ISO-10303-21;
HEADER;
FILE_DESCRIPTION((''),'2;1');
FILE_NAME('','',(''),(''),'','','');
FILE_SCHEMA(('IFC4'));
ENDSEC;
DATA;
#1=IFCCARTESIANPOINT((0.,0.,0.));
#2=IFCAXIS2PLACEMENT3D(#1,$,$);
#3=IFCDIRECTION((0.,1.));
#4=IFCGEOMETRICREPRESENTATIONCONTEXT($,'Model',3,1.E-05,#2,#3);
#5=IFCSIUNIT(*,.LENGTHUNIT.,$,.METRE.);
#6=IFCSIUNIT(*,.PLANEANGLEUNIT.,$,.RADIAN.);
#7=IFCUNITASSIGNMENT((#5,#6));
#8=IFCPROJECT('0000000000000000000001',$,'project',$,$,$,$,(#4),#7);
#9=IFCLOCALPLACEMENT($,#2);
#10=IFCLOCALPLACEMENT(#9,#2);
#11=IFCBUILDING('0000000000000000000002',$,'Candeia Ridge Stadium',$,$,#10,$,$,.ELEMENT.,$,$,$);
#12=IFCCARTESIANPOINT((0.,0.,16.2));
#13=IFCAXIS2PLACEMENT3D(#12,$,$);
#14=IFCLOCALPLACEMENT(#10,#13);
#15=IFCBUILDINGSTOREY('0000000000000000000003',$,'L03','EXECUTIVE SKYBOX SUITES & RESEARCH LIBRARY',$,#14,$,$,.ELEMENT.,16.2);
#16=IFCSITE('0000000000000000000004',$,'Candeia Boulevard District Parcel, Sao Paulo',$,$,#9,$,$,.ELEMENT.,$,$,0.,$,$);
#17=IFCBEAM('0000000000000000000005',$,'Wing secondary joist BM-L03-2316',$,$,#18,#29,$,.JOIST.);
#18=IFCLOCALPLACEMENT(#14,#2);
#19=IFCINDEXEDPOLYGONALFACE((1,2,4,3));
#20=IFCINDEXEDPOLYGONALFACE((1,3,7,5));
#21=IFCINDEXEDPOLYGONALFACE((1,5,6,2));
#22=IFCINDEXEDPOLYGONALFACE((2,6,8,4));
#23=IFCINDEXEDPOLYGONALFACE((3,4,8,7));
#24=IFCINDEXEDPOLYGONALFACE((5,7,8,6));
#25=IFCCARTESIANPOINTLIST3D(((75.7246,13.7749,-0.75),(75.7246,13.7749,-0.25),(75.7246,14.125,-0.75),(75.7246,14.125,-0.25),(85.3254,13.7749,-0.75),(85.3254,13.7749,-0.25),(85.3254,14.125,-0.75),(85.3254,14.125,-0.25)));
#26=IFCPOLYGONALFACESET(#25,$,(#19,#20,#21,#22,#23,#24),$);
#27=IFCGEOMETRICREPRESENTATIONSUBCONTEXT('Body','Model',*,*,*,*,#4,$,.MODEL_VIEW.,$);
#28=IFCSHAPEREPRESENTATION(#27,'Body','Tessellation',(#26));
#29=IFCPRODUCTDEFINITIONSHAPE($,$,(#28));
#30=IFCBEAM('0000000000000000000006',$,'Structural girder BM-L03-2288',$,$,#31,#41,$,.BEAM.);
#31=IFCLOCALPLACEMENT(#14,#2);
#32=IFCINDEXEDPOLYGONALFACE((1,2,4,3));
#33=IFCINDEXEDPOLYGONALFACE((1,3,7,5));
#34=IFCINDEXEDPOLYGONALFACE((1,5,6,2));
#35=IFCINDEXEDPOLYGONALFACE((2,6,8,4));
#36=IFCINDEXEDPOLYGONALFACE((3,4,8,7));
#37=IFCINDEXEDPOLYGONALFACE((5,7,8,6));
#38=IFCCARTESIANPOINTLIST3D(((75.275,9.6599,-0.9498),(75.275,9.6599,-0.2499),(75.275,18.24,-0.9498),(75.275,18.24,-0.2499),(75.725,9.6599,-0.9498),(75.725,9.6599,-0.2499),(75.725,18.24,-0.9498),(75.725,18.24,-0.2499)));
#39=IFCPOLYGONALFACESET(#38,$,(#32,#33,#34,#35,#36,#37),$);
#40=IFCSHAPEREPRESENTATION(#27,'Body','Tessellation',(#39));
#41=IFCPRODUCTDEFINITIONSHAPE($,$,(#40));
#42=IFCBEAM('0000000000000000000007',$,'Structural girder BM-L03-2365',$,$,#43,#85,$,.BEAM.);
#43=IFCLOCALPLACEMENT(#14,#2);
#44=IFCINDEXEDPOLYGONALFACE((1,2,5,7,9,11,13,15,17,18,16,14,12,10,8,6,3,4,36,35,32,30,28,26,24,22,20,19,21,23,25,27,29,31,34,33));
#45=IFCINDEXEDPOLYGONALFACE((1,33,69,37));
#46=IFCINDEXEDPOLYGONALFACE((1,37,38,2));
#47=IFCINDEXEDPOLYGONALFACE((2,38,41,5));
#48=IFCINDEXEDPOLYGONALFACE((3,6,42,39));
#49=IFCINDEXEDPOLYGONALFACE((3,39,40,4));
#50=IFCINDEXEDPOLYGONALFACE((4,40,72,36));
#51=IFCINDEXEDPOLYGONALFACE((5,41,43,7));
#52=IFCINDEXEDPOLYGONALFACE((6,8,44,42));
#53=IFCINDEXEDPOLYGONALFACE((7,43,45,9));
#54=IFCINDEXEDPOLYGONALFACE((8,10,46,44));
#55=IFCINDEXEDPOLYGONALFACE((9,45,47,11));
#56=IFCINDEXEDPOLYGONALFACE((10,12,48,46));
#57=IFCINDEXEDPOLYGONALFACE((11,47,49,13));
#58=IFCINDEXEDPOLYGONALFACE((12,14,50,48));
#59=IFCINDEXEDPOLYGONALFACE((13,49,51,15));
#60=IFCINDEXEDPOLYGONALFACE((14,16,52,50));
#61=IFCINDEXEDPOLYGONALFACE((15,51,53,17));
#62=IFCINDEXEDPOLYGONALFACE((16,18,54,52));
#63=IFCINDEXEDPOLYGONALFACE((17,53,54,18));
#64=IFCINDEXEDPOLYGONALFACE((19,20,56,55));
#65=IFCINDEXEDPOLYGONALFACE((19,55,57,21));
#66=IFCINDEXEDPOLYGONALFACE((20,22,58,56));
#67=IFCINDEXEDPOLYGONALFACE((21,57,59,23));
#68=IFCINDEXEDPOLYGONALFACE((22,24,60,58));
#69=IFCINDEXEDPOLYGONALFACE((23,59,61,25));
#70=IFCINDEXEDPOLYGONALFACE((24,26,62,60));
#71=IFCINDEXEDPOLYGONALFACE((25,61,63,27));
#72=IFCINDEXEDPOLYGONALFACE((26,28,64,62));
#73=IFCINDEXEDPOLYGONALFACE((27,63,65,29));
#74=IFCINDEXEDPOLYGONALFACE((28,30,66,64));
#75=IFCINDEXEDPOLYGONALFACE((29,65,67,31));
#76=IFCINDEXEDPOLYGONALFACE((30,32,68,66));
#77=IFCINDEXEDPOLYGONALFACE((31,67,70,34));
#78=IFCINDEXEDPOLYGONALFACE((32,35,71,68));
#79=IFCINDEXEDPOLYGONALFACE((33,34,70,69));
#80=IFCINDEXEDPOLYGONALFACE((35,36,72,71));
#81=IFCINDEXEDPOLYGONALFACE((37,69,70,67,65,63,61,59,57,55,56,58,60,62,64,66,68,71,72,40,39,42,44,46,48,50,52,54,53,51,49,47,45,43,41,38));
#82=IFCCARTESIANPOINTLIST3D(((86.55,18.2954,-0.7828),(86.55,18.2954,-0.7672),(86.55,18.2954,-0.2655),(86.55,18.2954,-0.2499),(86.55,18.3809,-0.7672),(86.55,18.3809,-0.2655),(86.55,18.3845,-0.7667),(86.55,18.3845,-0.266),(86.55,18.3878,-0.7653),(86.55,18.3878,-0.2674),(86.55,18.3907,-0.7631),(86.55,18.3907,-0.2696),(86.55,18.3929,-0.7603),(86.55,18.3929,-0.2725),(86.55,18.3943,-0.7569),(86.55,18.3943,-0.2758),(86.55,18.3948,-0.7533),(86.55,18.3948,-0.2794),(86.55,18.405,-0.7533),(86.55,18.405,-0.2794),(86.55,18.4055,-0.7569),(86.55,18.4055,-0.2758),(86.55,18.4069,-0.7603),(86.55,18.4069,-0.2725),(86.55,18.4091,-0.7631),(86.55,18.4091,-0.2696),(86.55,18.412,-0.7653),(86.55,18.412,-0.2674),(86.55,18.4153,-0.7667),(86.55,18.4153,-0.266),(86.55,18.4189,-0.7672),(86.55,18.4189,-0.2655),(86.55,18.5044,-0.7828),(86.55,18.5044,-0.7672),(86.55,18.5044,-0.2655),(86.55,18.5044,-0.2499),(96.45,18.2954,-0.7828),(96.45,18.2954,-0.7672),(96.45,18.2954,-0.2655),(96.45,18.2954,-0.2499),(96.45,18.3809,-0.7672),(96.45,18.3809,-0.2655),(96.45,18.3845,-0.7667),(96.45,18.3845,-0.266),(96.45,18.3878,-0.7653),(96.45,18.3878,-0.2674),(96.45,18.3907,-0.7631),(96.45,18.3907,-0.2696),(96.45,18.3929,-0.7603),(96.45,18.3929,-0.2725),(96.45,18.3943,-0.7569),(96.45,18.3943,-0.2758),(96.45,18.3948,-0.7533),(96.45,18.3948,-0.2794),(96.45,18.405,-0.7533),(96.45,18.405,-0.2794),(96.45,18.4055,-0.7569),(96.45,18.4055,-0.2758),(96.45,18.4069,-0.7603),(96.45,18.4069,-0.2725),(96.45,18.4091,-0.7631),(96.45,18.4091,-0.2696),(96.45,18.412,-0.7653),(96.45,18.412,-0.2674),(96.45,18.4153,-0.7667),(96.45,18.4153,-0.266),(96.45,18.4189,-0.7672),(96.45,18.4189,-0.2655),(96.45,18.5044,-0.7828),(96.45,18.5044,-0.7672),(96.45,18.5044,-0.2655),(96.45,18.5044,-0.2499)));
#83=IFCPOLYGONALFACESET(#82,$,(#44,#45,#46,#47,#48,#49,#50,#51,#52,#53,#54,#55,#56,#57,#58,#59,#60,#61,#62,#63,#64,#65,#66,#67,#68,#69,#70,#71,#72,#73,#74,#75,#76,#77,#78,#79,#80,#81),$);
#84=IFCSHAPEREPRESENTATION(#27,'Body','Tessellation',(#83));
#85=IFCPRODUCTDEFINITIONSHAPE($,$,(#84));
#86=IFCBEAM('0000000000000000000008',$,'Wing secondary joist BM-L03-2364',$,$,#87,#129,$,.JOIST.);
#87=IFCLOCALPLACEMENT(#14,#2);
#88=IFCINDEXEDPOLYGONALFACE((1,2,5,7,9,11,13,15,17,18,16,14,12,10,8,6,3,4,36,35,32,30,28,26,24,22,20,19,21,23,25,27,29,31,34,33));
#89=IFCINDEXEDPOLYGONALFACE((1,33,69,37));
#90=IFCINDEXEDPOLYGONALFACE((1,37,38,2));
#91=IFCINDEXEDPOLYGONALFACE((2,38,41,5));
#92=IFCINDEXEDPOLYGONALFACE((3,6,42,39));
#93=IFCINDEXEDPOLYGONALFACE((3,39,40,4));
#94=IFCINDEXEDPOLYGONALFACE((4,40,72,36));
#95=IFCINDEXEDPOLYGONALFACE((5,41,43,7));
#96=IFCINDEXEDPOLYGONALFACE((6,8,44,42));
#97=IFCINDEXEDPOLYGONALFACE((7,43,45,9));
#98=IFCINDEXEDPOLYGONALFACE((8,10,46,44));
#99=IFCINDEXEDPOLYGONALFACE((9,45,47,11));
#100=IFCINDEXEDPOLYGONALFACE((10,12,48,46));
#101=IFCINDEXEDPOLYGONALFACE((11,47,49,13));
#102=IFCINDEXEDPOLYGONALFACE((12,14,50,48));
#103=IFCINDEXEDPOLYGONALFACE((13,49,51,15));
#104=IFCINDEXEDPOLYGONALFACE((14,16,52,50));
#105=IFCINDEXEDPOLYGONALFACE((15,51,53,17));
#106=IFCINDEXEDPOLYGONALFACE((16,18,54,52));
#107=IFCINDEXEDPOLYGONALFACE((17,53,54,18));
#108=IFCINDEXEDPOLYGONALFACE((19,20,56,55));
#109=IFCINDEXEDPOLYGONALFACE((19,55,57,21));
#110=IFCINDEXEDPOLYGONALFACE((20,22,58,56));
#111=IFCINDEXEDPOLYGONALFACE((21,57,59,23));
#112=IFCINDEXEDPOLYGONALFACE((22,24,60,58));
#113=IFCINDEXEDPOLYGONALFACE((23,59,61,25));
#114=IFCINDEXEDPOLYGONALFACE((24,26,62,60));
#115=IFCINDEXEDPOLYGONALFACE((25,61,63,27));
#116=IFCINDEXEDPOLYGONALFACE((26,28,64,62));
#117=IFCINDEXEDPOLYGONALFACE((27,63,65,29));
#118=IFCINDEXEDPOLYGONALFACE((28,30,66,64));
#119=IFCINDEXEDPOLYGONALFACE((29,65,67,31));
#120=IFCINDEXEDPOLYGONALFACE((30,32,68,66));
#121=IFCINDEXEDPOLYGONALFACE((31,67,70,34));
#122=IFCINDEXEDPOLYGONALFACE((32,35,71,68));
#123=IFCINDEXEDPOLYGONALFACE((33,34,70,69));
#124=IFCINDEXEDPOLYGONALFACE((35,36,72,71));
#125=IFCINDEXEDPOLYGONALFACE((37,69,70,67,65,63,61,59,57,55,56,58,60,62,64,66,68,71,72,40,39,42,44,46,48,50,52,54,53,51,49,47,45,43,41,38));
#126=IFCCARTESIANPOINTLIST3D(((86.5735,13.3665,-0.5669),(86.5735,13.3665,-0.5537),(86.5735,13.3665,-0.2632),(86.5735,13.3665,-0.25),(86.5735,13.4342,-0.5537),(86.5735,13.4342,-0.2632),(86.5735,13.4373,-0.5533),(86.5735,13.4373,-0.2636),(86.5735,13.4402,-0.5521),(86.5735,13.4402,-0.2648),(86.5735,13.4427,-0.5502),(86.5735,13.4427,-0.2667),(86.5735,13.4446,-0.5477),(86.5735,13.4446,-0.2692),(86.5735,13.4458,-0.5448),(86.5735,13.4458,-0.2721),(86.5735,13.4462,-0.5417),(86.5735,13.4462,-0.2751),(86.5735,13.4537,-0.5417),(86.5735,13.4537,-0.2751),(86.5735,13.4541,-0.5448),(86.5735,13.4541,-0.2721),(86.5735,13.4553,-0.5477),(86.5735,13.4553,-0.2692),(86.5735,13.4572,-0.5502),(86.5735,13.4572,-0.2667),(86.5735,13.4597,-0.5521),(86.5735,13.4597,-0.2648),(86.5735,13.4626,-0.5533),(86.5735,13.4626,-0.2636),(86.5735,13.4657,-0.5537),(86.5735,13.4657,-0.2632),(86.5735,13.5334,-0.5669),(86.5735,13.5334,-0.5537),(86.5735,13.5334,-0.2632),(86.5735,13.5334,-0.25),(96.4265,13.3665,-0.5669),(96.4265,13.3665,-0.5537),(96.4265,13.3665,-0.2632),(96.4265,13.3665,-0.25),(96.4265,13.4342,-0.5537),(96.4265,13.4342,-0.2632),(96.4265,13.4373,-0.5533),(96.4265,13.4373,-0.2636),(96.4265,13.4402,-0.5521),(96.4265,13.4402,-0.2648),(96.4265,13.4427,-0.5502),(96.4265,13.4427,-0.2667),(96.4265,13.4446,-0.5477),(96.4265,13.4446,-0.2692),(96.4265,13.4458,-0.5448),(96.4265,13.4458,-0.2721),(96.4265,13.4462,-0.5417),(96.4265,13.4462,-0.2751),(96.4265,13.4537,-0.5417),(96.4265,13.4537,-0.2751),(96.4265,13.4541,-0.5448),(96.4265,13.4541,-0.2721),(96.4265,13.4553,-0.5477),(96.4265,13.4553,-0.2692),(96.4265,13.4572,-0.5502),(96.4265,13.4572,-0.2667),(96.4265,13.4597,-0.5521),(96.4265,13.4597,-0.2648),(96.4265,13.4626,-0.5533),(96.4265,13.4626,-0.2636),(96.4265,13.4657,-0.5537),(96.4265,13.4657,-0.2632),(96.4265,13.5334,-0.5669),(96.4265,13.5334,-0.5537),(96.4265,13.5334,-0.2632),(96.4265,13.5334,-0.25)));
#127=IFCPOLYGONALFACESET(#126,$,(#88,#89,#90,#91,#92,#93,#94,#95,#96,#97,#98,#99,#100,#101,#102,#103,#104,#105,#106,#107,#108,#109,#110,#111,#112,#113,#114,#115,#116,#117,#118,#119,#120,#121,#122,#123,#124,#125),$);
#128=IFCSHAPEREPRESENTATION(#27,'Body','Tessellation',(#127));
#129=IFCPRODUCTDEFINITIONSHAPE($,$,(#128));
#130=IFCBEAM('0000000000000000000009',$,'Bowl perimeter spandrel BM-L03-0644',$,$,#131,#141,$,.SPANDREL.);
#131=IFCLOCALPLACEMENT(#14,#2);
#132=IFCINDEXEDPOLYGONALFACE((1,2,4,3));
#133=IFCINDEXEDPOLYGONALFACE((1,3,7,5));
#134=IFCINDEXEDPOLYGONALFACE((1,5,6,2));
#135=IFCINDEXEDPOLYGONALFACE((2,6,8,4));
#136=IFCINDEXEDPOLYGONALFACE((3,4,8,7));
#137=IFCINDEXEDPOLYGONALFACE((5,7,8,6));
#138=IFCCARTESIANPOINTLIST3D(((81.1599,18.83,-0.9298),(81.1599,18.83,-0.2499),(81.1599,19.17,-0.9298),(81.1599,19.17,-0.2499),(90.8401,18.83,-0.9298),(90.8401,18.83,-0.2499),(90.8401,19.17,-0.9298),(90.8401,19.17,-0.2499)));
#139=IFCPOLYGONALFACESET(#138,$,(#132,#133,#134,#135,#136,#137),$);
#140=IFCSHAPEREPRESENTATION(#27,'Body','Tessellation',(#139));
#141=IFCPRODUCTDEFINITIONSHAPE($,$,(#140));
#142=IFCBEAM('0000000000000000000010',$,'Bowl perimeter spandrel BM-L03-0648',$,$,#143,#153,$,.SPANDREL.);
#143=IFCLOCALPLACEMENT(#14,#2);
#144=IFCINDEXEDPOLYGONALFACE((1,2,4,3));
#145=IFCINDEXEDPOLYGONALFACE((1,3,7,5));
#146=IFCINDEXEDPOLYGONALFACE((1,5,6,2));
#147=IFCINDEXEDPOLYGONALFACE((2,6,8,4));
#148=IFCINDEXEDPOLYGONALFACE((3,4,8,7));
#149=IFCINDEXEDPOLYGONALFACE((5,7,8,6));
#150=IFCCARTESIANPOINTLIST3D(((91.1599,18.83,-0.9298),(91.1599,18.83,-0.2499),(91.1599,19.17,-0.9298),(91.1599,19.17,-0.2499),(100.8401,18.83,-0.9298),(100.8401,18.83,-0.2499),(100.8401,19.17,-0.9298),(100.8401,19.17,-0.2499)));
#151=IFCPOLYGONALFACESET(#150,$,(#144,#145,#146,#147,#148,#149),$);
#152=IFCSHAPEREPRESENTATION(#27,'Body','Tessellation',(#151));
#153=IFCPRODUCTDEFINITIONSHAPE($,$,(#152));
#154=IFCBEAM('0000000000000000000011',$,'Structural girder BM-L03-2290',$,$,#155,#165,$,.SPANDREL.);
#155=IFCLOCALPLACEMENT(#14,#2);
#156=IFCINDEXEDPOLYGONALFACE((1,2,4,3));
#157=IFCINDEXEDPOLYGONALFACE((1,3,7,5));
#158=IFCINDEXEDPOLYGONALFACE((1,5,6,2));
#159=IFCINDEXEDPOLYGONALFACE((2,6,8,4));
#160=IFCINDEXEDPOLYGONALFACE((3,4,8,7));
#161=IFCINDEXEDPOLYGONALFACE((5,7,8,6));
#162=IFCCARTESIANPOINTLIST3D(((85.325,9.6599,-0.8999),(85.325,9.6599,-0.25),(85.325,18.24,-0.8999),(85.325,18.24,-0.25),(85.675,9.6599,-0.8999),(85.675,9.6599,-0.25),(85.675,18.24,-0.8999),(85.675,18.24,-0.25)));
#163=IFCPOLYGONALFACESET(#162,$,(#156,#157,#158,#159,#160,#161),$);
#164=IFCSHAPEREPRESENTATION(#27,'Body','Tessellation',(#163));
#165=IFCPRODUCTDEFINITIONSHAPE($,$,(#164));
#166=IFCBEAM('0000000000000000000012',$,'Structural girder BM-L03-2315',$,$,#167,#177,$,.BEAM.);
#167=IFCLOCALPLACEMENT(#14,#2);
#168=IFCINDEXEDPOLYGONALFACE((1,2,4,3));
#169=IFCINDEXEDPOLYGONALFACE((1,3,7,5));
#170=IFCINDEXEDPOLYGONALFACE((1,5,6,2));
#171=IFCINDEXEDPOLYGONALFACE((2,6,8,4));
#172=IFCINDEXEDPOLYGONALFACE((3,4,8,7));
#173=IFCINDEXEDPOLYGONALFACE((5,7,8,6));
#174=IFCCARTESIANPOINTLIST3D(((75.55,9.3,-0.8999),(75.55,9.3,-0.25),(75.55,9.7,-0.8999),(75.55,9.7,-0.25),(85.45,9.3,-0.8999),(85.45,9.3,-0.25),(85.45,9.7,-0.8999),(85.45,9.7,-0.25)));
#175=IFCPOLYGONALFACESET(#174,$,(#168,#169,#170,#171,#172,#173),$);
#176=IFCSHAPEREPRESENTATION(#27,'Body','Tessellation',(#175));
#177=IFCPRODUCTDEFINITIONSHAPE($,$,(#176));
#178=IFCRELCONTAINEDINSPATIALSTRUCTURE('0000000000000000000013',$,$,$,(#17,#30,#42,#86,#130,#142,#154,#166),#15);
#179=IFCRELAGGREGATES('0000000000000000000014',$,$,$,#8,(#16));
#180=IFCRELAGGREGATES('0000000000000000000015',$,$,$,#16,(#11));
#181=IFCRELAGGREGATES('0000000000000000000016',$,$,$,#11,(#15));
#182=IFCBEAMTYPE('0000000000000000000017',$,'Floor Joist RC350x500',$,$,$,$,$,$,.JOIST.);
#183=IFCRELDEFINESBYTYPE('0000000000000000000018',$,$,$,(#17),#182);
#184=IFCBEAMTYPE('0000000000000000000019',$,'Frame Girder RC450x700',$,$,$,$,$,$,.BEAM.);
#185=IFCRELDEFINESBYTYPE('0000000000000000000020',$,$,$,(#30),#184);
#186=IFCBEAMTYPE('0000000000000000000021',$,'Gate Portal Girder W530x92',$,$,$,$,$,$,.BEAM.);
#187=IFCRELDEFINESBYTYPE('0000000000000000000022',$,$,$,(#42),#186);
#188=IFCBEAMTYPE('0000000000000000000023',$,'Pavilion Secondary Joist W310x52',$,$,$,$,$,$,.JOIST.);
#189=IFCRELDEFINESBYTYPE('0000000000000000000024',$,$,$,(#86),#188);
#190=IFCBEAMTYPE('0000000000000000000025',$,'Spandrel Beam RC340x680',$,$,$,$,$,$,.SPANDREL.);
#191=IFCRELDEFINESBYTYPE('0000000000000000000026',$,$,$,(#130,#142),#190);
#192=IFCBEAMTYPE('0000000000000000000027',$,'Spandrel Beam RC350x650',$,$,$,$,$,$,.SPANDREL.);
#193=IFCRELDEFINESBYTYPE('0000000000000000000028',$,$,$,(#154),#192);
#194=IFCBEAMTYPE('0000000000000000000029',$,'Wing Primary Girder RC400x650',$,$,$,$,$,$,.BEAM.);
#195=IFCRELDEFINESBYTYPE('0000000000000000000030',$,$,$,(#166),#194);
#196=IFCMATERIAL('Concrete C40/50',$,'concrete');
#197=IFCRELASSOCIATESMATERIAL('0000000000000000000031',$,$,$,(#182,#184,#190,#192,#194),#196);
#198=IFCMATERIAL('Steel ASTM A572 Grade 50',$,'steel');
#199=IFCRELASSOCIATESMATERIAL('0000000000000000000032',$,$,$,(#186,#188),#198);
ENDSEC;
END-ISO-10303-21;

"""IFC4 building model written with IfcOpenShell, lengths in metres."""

from ifc_helpers import new_model, si_unit, direction, frame, origin, origin_2d, place, context, subcontext, project, spatial, rectangle, i_section, extrude, material, material_profile, profile_set, type_object, element, save


model = new_model("IFC4")

# Units and contexts
model_context = context("Model", 3, precision=1e-05, world=origin(), true_north=direction((0.0, 1.0)))
body_context = subcontext(model_context, "Body", "Model", "MODEL_VIEW")
ifc_project = project(units=[si_unit("LENGTHUNIT", "METRE"), si_unit("PLANEANGLEUNIT", "RADIAN")], contexts=[model_context])

# Site, building, storey
site_placement = place(None, origin())
site = spatial("IfcSite", under=ifc_project, at=site_placement, Name="Candeia Boulevard District Parcel, Sao Paulo", CompositionType="ELEMENT", RefElevation=0.0)
building_placement = place(site_placement, origin())
building = spatial("IfcBuilding", under=site, at=building_placement, Name="Candeia Ridge Stadium", CompositionType="ELEMENT")
storey_placement = place(building_placement, frame((0.0, 0.0, 16.2)))
storey = spatial("IfcBuildingStorey", under=building, at=storey_placement, Name="L03", Description="EXECUTIVE SKYBOX SUITES & RESEARCH LIBRARY", CompositionType="ELEMENT", Elevation=16.2)

# Shared definitions
ifc_material_1 = material(Name="Steel ASTM A572 Grade 50", Category="steel")
ifc_material_2 = material(Name="Concrete C40/50", Category="concrete")

# Beams
ifc_material_profile_1 = material_profile(ifc_material_2, rectangle(XDim=0.3501, YDim=0.5, at=origin_2d()), Name="RC350x500", Category="concrete")
ifc_profile_set_1 = profile_set([ifc_material_profile_1], Name="Concrete C40/50")
beam_type_1 = type_object("IfcBeamType", Name="Floor Joist RC350x500", PredefinedType="JOIST", material=ifc_profile_set_1)
beam_1_placement = place(storey_placement, frame((75.7246, 13.95, -0.5), z_axis=(1.0, 0.0, 0.0), x_axis=(0.0, 1.0, 0.0)))
element("IfcBeam", 1, at=beam_1_placement, inside=storey, type_object=beam_type_1, Name="Wing secondary joist BM-L03-2316", PredefinedType="JOIST", context=body_context, shape_type="SweptSolid", body=[
    extrude(rectangle(XDim=0.3501, YDim=0.5, at=origin_2d()), origin(), (0.0, 0.0, 1.0), 9.6008),
])
ifc_material_profile_2 = material_profile(ifc_material_2, rectangle(XDim=0.45, YDim=0.7, at=origin_2d()), Name="RC450x700", Category="concrete")
ifc_profile_set_2 = profile_set([ifc_material_profile_2], Name="Concrete C40/50")
beam_type_2 = type_object("IfcBeamType", Name="Frame Girder RC450x700", PredefinedType="BEAM", material=ifc_profile_set_2)
beam_2_placement = place(storey_placement, frame((75.5, 9.6599, -0.5999), z_axis=(0.0, 1.0, 0.0), x_axis=(-1.0, 0.0, 0.0)))
element("IfcBeam", 2, at=beam_2_placement, inside=storey, type_object=beam_type_2, Name="Structural girder BM-L03-2288", PredefinedType="BEAM", context=body_context, shape_type="SweptSolid", body=[
    extrude(rectangle(XDim=0.45, YDim=0.7, at=origin_2d()), origin(), (0.0, 0.0, 1.0), 8.5801),
])
ifc_material_profile_3 = material_profile(ifc_material_1, i_section(OverallWidth=0.209, OverallDepth=0.533, WebThickness=0.0103, FlangeThickness=0.0156, FilletRadius=0.0139, at=origin_2d()), Name="W530x92", Category="steel")
ifc_profile_set_3 = profile_set([ifc_material_profile_3], Name="Steel ASTM A572 Grade 50")
beam_type_3 = type_object("IfcBeamType", Name="Gate Portal Girder W530x92", PredefinedType="BEAM", material=ifc_profile_set_3)
beam_3_placement = place(storey_placement, frame((86.55, 18.3999, -0.5164), z_axis=(1.0, 0.0, 0.0), x_axis=(0.0, 1.0, 0.0)))
element("IfcBeam", 3, at=beam_3_placement, inside=storey, type_object=beam_type_3, Name="Structural girder BM-L03-2365", PredefinedType="BEAM", context=body_context, shape_type="SweptSolid", body=[
    extrude(i_section(OverallWidth=0.209, OverallDepth=0.533, WebThickness=0.0103, FlangeThickness=0.0156, FilletRadius=0.0139, at=origin_2d()), origin(), (0.0, 0.0, 1.0), 9.8999),
])
ifc_material_profile_4 = material_profile(ifc_material_1, i_section(OverallWidth=0.167, OverallDepth=0.3169, WebThickness=0.0076, FlangeThickness=0.0132, FilletRadius=0.012, at=origin_2d()), Name="W310x52", Category="steel")
ifc_profile_set_4 = profile_set([ifc_material_profile_4], Name="Steel ASTM A572 Grade 50")
beam_type_4 = type_object("IfcBeamType", Name="Pavilion Secondary Joist W310x52", PredefinedType="JOIST", material=ifc_profile_set_4)
beam_4_placement = place(storey_placement, frame((86.5735, 13.45, -0.4084), z_axis=(1.0, 0.0, 0.0), x_axis=(0.0, 1.0, 0.0)))
element("IfcBeam", 4, at=beam_4_placement, inside=storey, type_object=beam_type_4, Name="Wing secondary joist BM-L03-2364", PredefinedType="JOIST", context=body_context, shape_type="SweptSolid", body=[
    extrude(i_section(OverallWidth=0.167, OverallDepth=0.3169, WebThickness=0.0076, FlangeThickness=0.0132, FilletRadius=0.012, at=origin_2d()), origin(), (0.0, 0.0, 1.0), 9.853),
])
ifc_material_profile_5 = material_profile(ifc_material_2, rectangle(XDim=0.3401, YDim=0.6799, at=origin_2d()), Name="RC340x680", Category="concrete")
ifc_profile_set_5 = profile_set([ifc_material_profile_5], Name="Concrete C40/50")
beam_type_5 = type_object("IfcBeamType", Name="Spandrel Beam RC340x680", PredefinedType="SPANDREL", material=ifc_profile_set_5)
for number, where, z_axis, x_axis, name in (
    (5, (81.1599, 19.0, -0.5898), (1.0, 0.0, 0.0), (0.0, 1.0, 0.0), "Bowl perimeter spandrel BM-L03-0644"),
    (6, (91.1599, 19.0, -0.5898), (1.0, 0.0, 0.0), (0.0, 1.0, 0.0), "Bowl perimeter spandrel BM-L03-0648"),
):
    element("IfcBeam", number, at=place(storey_placement, frame(where, z_axis=z_axis, x_axis=x_axis)), inside=storey, type_object=beam_type_5, Name=name, PredefinedType="SPANDREL", context=body_context, shape_type="SweptSolid", body=[
        extrude(rectangle(XDim=0.3401, YDim=0.6799, at=origin_2d()), origin(), (0.0, 0.0, 1.0), 9.6802),
    ])
ifc_material_profile_6 = material_profile(ifc_material_2, rectangle(XDim=0.3501, YDim=0.6499, at=origin_2d()), Name="RC350x650", Category="concrete")
ifc_profile_set_6 = profile_set([ifc_material_profile_6], Name="Concrete C40/50")
beam_type_6 = type_object("IfcBeamType", Name="Spandrel Beam RC350x650", PredefinedType="SPANDREL", material=ifc_profile_set_6)
beam_5_placement = place(storey_placement, frame((85.5, 9.6599, -0.575), z_axis=(0.0, 1.0, 0.0), x_axis=(-1.0, 0.0, 0.0)))
element("IfcBeam", 7, at=beam_5_placement, inside=storey, type_object=beam_type_6, Name="Structural girder BM-L03-2290", PredefinedType="SPANDREL", context=body_context, shape_type="SweptSolid", body=[
    extrude(rectangle(XDim=0.3501, YDim=0.6499, at=origin_2d()), origin(), (0.0, 0.0, 1.0), 8.5801),
])
ifc_material_profile_7 = material_profile(ifc_material_2, rectangle(XDim=0.3999, YDim=0.6499, at=origin_2d()), Name="RC400x650", Category="concrete")
ifc_profile_set_7 = profile_set([ifc_material_profile_7], Name="Concrete C40/50")
beam_type_7 = type_object("IfcBeamType", Name="Wing Primary Girder RC400x650", PredefinedType="BEAM", material=ifc_profile_set_7)
for number, where, z_axis, x_axis, name in (
    (8, (75.55, 9.5, -0.575), (1.0, 0.0, 0.0), (0.0, 1.0, 0.0), "Structural girder BM-L03-2315"),
):
    element("IfcBeam", number, at=place(storey_placement, frame(where, z_axis=z_axis, x_axis=x_axis)), inside=storey, type_object=beam_type_7, Name=name, PredefinedType="BEAM", context=body_context, shape_type="SweptSolid", body=[
        extrude(rectangle(XDim=0.3999, YDim=0.6499, at=origin_2d()), origin(), (0.0, 0.0, 1.0), 9.8999),
    ])

save(model, "model.ifc")
